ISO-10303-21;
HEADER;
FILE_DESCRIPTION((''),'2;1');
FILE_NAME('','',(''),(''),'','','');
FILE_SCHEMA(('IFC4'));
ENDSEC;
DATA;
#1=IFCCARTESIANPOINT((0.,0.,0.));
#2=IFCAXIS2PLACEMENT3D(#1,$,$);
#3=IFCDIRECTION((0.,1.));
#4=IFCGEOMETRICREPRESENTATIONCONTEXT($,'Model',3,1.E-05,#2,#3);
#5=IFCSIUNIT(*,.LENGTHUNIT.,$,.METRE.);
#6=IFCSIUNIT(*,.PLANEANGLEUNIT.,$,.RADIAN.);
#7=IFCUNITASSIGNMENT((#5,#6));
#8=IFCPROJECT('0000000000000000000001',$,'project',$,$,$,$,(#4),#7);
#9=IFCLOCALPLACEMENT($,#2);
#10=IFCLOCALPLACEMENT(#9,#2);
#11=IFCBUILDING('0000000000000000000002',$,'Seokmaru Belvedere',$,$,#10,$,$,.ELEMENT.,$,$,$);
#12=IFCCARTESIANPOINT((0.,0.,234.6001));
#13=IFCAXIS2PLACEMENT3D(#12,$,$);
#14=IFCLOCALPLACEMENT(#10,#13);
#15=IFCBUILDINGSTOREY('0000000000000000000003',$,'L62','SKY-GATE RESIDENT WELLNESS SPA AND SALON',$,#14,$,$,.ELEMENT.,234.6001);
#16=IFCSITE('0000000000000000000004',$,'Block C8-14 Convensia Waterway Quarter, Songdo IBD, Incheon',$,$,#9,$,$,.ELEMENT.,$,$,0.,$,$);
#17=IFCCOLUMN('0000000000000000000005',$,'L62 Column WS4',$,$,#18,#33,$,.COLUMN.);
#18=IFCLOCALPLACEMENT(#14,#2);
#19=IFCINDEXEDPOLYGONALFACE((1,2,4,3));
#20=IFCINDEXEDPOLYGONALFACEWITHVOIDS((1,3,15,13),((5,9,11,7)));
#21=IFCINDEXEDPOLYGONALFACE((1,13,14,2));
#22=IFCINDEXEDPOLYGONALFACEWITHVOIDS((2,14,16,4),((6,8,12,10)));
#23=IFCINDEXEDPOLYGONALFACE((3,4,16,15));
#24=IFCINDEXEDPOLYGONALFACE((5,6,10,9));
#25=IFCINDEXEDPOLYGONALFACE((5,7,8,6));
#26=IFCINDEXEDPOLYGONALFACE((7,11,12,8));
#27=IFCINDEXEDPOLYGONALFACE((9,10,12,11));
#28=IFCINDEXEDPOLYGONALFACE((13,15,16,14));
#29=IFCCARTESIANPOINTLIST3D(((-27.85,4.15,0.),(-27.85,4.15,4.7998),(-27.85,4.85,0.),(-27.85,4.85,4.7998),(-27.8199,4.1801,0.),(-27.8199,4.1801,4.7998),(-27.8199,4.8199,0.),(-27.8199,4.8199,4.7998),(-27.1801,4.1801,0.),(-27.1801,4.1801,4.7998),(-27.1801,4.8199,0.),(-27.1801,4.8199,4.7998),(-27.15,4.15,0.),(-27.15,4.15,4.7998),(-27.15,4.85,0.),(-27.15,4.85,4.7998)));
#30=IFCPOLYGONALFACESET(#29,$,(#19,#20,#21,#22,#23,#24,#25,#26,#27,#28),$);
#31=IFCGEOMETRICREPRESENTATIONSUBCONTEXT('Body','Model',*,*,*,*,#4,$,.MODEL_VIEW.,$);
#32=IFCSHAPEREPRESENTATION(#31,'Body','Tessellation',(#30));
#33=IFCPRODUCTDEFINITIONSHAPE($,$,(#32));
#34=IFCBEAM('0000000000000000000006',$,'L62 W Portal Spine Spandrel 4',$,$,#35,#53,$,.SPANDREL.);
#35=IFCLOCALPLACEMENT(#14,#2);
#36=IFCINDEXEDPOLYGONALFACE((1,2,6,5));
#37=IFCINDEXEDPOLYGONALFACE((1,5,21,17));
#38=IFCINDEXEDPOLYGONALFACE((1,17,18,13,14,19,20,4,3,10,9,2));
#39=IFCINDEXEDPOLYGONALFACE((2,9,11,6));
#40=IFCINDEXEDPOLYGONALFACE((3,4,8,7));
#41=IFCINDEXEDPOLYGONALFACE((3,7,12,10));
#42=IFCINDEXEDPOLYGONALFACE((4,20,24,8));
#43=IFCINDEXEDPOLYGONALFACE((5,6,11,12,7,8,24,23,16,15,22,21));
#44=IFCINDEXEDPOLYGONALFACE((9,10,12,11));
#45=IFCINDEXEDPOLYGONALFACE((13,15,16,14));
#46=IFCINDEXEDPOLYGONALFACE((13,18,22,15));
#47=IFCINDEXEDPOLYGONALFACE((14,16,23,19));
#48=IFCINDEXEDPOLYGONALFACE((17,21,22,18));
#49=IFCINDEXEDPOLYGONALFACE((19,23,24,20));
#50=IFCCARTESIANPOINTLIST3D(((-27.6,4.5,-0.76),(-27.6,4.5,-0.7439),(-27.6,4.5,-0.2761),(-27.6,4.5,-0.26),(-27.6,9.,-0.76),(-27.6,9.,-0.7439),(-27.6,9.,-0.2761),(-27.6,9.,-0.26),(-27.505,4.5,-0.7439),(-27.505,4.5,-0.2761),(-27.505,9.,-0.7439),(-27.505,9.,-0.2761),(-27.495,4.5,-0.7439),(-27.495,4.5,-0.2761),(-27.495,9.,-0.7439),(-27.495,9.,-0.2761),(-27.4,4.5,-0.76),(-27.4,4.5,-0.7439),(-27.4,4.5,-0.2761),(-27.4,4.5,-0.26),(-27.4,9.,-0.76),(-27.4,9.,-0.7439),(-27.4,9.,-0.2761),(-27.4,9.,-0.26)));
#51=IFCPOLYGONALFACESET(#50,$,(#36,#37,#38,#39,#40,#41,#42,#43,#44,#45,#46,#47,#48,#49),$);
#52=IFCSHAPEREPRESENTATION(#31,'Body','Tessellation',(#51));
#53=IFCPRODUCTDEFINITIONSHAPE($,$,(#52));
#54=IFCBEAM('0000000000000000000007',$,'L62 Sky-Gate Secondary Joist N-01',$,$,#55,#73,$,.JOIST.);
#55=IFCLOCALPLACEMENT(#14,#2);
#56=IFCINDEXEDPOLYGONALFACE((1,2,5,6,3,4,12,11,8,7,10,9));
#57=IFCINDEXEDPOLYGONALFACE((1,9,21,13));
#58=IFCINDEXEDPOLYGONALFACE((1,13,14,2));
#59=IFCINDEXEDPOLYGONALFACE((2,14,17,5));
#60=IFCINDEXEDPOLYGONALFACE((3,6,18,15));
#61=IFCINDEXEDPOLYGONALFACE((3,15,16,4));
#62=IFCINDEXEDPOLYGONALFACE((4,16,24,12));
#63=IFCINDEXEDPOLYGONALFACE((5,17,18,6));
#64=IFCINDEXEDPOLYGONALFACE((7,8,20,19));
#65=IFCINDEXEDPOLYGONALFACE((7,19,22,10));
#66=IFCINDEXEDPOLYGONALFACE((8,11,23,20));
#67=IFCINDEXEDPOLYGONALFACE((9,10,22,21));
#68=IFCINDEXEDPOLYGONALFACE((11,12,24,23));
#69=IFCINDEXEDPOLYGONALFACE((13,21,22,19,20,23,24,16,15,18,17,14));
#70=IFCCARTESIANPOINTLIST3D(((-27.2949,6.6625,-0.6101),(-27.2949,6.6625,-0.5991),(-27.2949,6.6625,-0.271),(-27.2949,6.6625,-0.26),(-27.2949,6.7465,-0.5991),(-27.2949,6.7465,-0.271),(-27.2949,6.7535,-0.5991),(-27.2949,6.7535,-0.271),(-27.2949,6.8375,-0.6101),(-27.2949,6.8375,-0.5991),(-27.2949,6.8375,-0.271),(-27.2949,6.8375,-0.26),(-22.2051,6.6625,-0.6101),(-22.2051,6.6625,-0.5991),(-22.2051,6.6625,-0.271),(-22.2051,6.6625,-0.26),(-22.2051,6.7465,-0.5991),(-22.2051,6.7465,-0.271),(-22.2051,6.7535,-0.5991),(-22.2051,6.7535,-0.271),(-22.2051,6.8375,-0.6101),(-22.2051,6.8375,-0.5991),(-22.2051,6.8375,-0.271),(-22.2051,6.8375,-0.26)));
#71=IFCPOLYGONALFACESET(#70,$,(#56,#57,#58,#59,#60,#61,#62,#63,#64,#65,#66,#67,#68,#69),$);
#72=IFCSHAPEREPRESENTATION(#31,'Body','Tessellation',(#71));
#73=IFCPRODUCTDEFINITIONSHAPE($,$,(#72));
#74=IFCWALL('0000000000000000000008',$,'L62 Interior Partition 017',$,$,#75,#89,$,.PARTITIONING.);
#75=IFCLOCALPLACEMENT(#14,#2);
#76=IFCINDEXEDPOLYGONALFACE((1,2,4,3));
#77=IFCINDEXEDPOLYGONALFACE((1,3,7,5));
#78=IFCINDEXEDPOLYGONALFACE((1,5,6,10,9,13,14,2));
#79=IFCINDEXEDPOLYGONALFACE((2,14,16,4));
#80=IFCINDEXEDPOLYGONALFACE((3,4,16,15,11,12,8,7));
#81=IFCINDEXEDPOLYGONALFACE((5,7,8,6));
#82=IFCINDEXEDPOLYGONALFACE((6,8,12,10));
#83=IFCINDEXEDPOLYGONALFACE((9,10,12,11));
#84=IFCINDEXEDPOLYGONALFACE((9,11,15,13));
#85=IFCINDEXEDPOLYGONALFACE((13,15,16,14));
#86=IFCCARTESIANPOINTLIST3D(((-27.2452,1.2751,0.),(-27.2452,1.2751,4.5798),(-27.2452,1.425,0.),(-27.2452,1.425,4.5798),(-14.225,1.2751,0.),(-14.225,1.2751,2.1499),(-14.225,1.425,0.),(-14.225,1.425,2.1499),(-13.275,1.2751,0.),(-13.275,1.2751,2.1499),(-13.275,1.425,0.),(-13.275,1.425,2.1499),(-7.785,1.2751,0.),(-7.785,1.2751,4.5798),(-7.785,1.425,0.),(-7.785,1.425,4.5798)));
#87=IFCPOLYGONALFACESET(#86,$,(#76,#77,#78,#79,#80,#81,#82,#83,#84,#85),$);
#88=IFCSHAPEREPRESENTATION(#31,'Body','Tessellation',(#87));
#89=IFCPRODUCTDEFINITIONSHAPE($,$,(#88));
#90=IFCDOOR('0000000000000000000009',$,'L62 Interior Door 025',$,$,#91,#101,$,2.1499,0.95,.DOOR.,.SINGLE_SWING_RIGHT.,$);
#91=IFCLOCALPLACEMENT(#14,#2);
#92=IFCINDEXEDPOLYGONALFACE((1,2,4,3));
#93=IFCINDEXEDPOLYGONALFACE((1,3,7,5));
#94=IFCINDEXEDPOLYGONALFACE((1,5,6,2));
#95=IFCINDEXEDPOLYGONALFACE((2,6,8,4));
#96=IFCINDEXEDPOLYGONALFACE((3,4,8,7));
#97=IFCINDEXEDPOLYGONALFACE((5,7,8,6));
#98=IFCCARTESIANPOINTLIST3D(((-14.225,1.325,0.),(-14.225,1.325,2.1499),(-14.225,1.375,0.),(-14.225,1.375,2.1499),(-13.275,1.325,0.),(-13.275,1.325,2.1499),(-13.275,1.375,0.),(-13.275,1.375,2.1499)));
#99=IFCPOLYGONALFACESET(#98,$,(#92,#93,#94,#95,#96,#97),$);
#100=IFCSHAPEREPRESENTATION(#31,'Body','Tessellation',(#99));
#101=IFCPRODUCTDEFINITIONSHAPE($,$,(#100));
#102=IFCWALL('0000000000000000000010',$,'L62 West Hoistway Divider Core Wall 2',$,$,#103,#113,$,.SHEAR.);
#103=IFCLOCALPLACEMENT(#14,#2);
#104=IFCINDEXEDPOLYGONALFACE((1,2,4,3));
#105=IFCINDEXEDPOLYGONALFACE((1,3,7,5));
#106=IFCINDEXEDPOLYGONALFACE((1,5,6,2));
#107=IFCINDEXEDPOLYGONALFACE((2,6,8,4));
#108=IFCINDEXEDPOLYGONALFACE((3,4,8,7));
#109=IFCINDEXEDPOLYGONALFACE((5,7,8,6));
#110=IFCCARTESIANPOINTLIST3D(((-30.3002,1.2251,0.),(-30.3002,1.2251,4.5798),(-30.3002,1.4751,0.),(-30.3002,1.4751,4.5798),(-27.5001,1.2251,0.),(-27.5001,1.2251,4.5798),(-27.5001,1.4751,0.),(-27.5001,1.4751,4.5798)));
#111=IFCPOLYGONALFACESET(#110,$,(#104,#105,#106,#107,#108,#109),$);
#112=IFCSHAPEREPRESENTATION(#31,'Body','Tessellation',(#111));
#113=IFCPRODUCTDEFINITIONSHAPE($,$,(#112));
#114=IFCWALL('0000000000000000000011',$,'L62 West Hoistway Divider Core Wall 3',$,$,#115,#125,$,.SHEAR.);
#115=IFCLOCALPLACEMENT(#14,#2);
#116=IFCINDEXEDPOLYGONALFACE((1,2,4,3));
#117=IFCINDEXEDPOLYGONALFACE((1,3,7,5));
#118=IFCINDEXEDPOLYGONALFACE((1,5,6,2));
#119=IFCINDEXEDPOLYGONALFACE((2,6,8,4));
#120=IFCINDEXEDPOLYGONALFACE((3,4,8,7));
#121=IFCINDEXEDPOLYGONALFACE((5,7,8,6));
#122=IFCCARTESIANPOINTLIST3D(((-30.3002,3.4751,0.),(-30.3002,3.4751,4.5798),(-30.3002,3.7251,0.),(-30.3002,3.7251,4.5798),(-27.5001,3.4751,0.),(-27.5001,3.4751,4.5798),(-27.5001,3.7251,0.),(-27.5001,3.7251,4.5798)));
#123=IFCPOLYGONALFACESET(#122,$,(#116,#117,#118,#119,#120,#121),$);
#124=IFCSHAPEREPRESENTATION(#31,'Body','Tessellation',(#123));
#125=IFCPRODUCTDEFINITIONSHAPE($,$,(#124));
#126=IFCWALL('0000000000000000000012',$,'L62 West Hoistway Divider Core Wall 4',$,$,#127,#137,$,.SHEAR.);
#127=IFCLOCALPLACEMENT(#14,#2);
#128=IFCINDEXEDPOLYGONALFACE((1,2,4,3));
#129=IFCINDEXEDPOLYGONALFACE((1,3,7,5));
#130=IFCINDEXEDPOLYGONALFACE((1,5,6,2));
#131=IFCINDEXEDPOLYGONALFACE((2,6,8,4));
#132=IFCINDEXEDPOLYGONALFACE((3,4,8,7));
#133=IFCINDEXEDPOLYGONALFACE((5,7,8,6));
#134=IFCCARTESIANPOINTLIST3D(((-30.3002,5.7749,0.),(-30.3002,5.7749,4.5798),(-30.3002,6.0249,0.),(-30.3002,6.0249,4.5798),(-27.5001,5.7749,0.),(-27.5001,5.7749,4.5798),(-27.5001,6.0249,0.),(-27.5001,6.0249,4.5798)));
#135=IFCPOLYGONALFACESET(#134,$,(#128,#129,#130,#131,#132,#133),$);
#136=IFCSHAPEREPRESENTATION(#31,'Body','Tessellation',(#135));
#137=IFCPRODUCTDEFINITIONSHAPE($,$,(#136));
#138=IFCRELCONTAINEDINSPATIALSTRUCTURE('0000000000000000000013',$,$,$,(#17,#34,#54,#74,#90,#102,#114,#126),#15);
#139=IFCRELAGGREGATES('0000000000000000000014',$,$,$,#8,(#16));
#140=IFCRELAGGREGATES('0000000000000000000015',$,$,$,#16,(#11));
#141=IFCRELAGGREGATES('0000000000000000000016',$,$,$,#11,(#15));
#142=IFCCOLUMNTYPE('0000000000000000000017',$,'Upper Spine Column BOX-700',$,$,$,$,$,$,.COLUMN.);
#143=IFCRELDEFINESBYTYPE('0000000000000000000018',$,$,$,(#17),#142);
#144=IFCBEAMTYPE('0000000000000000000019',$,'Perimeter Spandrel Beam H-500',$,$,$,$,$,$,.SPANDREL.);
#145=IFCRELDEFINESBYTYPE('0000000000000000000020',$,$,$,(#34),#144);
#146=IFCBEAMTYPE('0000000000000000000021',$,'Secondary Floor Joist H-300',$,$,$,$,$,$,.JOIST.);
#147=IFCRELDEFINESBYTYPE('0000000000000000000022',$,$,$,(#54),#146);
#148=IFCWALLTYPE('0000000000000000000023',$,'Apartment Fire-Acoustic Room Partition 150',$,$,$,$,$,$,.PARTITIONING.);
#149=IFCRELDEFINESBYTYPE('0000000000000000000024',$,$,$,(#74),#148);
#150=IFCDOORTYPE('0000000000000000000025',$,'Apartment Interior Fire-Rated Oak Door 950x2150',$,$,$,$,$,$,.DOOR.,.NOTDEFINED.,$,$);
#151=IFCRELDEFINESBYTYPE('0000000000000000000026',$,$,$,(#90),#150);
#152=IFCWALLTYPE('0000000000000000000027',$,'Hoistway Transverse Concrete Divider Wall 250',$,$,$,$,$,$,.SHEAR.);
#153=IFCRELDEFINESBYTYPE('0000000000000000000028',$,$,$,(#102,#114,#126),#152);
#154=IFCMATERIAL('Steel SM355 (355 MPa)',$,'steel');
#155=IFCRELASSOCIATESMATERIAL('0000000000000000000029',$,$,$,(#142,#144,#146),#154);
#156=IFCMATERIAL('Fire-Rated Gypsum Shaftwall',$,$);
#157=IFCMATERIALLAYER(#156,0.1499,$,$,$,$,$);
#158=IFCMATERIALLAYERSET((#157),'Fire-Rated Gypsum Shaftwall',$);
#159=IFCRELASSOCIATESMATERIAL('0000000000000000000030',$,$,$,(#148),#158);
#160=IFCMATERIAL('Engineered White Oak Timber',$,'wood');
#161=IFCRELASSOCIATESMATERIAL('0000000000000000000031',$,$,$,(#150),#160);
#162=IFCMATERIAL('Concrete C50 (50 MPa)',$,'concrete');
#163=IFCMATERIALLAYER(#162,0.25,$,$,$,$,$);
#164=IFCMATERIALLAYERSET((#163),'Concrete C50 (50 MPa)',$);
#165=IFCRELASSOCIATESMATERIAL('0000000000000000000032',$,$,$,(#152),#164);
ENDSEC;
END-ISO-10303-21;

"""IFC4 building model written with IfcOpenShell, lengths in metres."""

from ifc_helpers import new_model, si_unit, direction, frame, frame_2d, origin, origin_2d, place, context, subcontext, project, spatial, rectangle, hollow_rectangle, i_section, extrude, source, transform, mapped, material, layer, layer_set, material_profile, profile_set, type_object, type_shapes, element, fill, save


model = new_model("IFC4")

# Units and contexts
model_context = context("Model", 3, precision=1e-05, world=origin(), true_north=direction((0.0, 1.0)))
body_context = subcontext(model_context, "Body", "Model", "MODEL_VIEW")
ifc_project = project(units=[si_unit("LENGTHUNIT", "METRE"), si_unit("PLANEANGLEUNIT", "RADIAN")], contexts=[model_context])

# Site, building, storey
site_placement = place(None, origin())
site = spatial("IfcSite", under=ifc_project, at=site_placement, Name="Block C8-14 Convensia Waterway Quarter, Songdo IBD, Incheon", CompositionType="ELEMENT", RefElevation=0.0)
building_placement = place(site_placement, origin())
building = spatial("IfcBuilding", under=site, at=building_placement, Name="Seokmaru Belvedere", CompositionType="ELEMENT")
storey_placement = place(building_placement, frame((0.0, 0.0, 234.6001)))
storey = spatial("IfcBuildingStorey", under=building, at=storey_placement, Name="L62", Description="SKY-GATE RESIDENT WELLNESS SPA AND SALON", CompositionType="ELEMENT", Elevation=234.6001)

# Column
ifc_material_1 = material(Name="Steel SM355 (355 MPa)", Category="steel")
ifc_material_profile_1 = material_profile(ifc_material_1, hollow_rectangle(XDim=0.7, YDim=0.7, WallThickness=0.03, at=origin_2d()), Name="BOX-700x700x30")
ifc_profile_set_1 = profile_set([ifc_material_profile_1], Name="Steel SM355 (355 MPa)")
column_type = type_object("IfcColumnType", Name="Upper Spine Column BOX-700", PredefinedType="COLUMN", material=ifc_profile_set_1)
shared_shape_1 = source(origin(), body_context, "Body", "SweptSolid", [
    extrude(hollow_rectangle(XDim=0.7, YDim=0.7, WallThickness=0.03, at=origin_2d()), origin(), (0.0, 0.0, 1.0), 4.7998),
])
type_shapes(column_type, [shared_shape_1])
column_placement = place(storey_placement, frame((-27.5, 4.5, 0.0), z_axis=(0.0, 0.0, 1.0), x_axis=(1.0, 0.0, 0.0)))
element("IfcColumn", 1, at=column_placement, inside=storey, type_object=column_type, Name="L62 Column WS4", PredefinedType="COLUMN", context=body_context, shape_type="MappedRepresentation", body=[
    mapped(shared_shape_1, transform((0.0, 0.0, 0.0), scale=1.0)),
])

# Beams
ifc_material_profile_2 = material_profile(ifc_material_1, i_section(OverallWidth=0.2, OverallDepth=0.5, WebThickness=0.01, FlangeThickness=0.0161, at=origin_2d()), Name="H-500x200x10x16")
ifc_profile_set_2 = profile_set([ifc_material_profile_2], Name="Steel SM355 (355 MPa)")
beam_type_1 = type_object("IfcBeamType", Name="Perimeter Spandrel Beam H-500", PredefinedType="SPANDREL", material=ifc_profile_set_2)
shared_shape_2 = source(origin(), body_context, "Body", "SweptSolid", [
    extrude(i_section(OverallWidth=0.2, OverallDepth=0.5, WebThickness=0.01, FlangeThickness=0.0161, at=origin_2d()), origin(), (0.0, 0.0, 1.0), 4.5),
])
type_shapes(beam_type_1, [shared_shape_2])
beam_1_placement = place(storey_placement, frame((-27.5, 4.5, -0.51), z_axis=(0.0, 1.0, 0.0), x_axis=(-1.0, 0.0, 0.0)))
element("IfcBeam", 2, at=beam_1_placement, inside=storey, type_object=beam_type_1, Name="L62 W Portal Spine Spandrel 4", PredefinedType="SPANDREL", context=body_context, shape_type="MappedRepresentation", body=[
    mapped(shared_shape_2, transform((0.0, 0.0, 0.0), scale=1.0)),
])
ifc_material_profile_3 = material_profile(ifc_material_1, i_section(OverallWidth=0.175, OverallDepth=0.3501, WebThickness=0.0071, FlangeThickness=0.011, at=origin_2d()), Name="H-350x175x7x11")
ifc_profile_set_3 = profile_set([ifc_material_profile_3], Name="Steel SM355 (355 MPa)")
beam_type_2 = type_object("IfcBeamType", Name="Secondary Floor Joist H-300", PredefinedType="JOIST", material=ifc_profile_set_3)
shared_shape_3 = source(origin(), body_context, "Body", "SweptSolid", [
    extrude(i_section(OverallWidth=0.175, OverallDepth=0.3501, WebThickness=0.0071, FlangeThickness=0.011, at=origin_2d()), origin(), (0.0, 0.0, 1.0), 5.0898),
])
type_shapes(beam_type_2, [shared_shape_3])
beam_2_placement = place(storey_placement, frame((-27.2949, 6.75, -0.4351), z_axis=(1.0, 0.0, 0.0), x_axis=(0.0, 1.0, 0.0)))
element("IfcBeam", 3, at=beam_2_placement, inside=storey, type_object=beam_type_2, Name="L62 Sky-Gate Secondary Joist N-01", PredefinedType="JOIST", context=body_context, shape_type="MappedRepresentation", body=[
    mapped(shared_shape_3, transform((0.0, 0.0, 0.0), scale=1.0)),
])

# Wall, opening, door
ifc_material_2 = material(Name="Fire-Rated Gypsum Shaftwall")
ifc_layer_1 = layer(ifc_material_2, 0.1499)
ifc_layer_set_1 = layer_set([ifc_layer_1], Name="Fire-Rated Gypsum Shaftwall")
wall_type_1 = type_object("IfcWallType", Name="Apartment Fire-Acoustic Room Partition 150", PredefinedType="PARTITIONING", material=ifc_layer_set_1)
wall_1_placement = place(storey_placement, frame((-27.2451, 1.3501, 0.0), z_axis=(0.0, 0.0, 1.0), x_axis=(1.0, 0.0, 0.0)))
wall_1 = element("IfcWall", 4, at=wall_1_placement, inside=storey, type_object=wall_type_1, Name="L62 Interior Partition 017", PredefinedType="PARTITIONING", context=body_context, shape_type="SweptSolid", body=[
    extrude(rectangle(XDim=19.4602, YDim=0.1499, at=frame_2d((9.73, 0.0))), origin(), (0.0, 0.0, 1.0), 4.5798),
])
opening_1_placement = place(wall_1_placement, frame((13.02, 0.0, 0.0)))
opening_1 = element("IfcOpeningElement", 5, at=opening_1_placement, cuts=wall_1, PredefinedType="OPENING", context=body_context, shape_type="SweptSolid", body=[
    extrude(rectangle(XDim=0.95, YDim=2.1499, at=frame_2d((0.4751, 1.075))), frame((0.0, 0.085, 0.0), z_axis=(0.0, -1.0, 0.0), x_axis=(1.0, 0.0, 0.0)), (0.0, 0.0, 1.0), 0.1699),
])
ifc_material_3 = material(Name="Engineered White Oak Timber", Category="wood")
door_type_1 = type_object("IfcDoorType", Name="Apartment Interior Fire-Rated Oak Door 950x2150", OperationType="NOTDEFINED", PredefinedType="DOOR", material=ifc_material_3)
shared_shape_4 = source(origin(), body_context, "Body", "SweptSolid", [
    extrude(rectangle(XDim=0.95, YDim=2.1499, at=frame_2d((0.4751, 1.075))), frame((0.0, 0.0249, 0.0), z_axis=(0.0, -1.0, 0.0), x_axis=(1.0, 0.0, 0.0)), (0.0, 0.0, 1.0), 0.05),
])
type_shapes(door_type_1, [shared_shape_4])
door_1_placement = place(opening_1_placement, origin())
door_1 = element("IfcDoor", 6, at=door_1_placement, inside=storey, type_object=door_type_1, Name="L62 Interior Door 025", OperationType="SINGLE_SWING_RIGHT", OverallHeight=2.1499, OverallWidth=0.95, PredefinedType="DOOR", context=body_context, shape_type="MappedRepresentation", body=[
    mapped(shared_shape_4, transform((0.0, 0.0, 0.0), scale=1.0)),
])
fill(opening_1, door_1)

# Walls
ifc_material_4 = material(Name="Concrete C50 (50 MPa)", Category="concrete")
ifc_layer_2 = layer(ifc_material_4, 0.25)
ifc_layer_set_2 = layer_set([ifc_layer_2], Name="Concrete C50 (50 MPa)")
wall_type_2 = type_object("IfcWallType", Name="Hoistway Transverse Concrete Divider Wall 250", PredefinedType="SHEAR", material=ifc_layer_set_2)
for number, where, z_axis, x_axis, name in (
    (7, (-30.3, 1.3501, 0.0), (0.0, 0.0, 1.0), (1.0, 0.0, 0.0), "L62 West Hoistway Divider Core Wall 2"),
    (8, (-30.3, 3.6001, 0.0), (0.0, 0.0, 1.0), (1.0, 0.0, 0.0), "L62 West Hoistway Divider Core Wall 3"),
    (9, (-30.3, 5.8999, 0.0), (0.0, 0.0, 1.0), (1.0, 0.0, 0.0), "L62 West Hoistway Divider Core Wall 4"),
):
    element("IfcWall", number, at=place(storey_placement, frame(where, z_axis=z_axis, x_axis=x_axis)), inside=storey, type_object=wall_type_2, Name=name, PredefinedType="SHEAR", context=body_context, shape_type="SweptSolid", body=[
        extrude(rectangle(XDim=2.8, YDim=0.25, at=frame_2d((1.3999, 0.0))), origin(), (0.0, 0.0, 1.0), 4.5798),
    ])

save(model, "model.ifc")
